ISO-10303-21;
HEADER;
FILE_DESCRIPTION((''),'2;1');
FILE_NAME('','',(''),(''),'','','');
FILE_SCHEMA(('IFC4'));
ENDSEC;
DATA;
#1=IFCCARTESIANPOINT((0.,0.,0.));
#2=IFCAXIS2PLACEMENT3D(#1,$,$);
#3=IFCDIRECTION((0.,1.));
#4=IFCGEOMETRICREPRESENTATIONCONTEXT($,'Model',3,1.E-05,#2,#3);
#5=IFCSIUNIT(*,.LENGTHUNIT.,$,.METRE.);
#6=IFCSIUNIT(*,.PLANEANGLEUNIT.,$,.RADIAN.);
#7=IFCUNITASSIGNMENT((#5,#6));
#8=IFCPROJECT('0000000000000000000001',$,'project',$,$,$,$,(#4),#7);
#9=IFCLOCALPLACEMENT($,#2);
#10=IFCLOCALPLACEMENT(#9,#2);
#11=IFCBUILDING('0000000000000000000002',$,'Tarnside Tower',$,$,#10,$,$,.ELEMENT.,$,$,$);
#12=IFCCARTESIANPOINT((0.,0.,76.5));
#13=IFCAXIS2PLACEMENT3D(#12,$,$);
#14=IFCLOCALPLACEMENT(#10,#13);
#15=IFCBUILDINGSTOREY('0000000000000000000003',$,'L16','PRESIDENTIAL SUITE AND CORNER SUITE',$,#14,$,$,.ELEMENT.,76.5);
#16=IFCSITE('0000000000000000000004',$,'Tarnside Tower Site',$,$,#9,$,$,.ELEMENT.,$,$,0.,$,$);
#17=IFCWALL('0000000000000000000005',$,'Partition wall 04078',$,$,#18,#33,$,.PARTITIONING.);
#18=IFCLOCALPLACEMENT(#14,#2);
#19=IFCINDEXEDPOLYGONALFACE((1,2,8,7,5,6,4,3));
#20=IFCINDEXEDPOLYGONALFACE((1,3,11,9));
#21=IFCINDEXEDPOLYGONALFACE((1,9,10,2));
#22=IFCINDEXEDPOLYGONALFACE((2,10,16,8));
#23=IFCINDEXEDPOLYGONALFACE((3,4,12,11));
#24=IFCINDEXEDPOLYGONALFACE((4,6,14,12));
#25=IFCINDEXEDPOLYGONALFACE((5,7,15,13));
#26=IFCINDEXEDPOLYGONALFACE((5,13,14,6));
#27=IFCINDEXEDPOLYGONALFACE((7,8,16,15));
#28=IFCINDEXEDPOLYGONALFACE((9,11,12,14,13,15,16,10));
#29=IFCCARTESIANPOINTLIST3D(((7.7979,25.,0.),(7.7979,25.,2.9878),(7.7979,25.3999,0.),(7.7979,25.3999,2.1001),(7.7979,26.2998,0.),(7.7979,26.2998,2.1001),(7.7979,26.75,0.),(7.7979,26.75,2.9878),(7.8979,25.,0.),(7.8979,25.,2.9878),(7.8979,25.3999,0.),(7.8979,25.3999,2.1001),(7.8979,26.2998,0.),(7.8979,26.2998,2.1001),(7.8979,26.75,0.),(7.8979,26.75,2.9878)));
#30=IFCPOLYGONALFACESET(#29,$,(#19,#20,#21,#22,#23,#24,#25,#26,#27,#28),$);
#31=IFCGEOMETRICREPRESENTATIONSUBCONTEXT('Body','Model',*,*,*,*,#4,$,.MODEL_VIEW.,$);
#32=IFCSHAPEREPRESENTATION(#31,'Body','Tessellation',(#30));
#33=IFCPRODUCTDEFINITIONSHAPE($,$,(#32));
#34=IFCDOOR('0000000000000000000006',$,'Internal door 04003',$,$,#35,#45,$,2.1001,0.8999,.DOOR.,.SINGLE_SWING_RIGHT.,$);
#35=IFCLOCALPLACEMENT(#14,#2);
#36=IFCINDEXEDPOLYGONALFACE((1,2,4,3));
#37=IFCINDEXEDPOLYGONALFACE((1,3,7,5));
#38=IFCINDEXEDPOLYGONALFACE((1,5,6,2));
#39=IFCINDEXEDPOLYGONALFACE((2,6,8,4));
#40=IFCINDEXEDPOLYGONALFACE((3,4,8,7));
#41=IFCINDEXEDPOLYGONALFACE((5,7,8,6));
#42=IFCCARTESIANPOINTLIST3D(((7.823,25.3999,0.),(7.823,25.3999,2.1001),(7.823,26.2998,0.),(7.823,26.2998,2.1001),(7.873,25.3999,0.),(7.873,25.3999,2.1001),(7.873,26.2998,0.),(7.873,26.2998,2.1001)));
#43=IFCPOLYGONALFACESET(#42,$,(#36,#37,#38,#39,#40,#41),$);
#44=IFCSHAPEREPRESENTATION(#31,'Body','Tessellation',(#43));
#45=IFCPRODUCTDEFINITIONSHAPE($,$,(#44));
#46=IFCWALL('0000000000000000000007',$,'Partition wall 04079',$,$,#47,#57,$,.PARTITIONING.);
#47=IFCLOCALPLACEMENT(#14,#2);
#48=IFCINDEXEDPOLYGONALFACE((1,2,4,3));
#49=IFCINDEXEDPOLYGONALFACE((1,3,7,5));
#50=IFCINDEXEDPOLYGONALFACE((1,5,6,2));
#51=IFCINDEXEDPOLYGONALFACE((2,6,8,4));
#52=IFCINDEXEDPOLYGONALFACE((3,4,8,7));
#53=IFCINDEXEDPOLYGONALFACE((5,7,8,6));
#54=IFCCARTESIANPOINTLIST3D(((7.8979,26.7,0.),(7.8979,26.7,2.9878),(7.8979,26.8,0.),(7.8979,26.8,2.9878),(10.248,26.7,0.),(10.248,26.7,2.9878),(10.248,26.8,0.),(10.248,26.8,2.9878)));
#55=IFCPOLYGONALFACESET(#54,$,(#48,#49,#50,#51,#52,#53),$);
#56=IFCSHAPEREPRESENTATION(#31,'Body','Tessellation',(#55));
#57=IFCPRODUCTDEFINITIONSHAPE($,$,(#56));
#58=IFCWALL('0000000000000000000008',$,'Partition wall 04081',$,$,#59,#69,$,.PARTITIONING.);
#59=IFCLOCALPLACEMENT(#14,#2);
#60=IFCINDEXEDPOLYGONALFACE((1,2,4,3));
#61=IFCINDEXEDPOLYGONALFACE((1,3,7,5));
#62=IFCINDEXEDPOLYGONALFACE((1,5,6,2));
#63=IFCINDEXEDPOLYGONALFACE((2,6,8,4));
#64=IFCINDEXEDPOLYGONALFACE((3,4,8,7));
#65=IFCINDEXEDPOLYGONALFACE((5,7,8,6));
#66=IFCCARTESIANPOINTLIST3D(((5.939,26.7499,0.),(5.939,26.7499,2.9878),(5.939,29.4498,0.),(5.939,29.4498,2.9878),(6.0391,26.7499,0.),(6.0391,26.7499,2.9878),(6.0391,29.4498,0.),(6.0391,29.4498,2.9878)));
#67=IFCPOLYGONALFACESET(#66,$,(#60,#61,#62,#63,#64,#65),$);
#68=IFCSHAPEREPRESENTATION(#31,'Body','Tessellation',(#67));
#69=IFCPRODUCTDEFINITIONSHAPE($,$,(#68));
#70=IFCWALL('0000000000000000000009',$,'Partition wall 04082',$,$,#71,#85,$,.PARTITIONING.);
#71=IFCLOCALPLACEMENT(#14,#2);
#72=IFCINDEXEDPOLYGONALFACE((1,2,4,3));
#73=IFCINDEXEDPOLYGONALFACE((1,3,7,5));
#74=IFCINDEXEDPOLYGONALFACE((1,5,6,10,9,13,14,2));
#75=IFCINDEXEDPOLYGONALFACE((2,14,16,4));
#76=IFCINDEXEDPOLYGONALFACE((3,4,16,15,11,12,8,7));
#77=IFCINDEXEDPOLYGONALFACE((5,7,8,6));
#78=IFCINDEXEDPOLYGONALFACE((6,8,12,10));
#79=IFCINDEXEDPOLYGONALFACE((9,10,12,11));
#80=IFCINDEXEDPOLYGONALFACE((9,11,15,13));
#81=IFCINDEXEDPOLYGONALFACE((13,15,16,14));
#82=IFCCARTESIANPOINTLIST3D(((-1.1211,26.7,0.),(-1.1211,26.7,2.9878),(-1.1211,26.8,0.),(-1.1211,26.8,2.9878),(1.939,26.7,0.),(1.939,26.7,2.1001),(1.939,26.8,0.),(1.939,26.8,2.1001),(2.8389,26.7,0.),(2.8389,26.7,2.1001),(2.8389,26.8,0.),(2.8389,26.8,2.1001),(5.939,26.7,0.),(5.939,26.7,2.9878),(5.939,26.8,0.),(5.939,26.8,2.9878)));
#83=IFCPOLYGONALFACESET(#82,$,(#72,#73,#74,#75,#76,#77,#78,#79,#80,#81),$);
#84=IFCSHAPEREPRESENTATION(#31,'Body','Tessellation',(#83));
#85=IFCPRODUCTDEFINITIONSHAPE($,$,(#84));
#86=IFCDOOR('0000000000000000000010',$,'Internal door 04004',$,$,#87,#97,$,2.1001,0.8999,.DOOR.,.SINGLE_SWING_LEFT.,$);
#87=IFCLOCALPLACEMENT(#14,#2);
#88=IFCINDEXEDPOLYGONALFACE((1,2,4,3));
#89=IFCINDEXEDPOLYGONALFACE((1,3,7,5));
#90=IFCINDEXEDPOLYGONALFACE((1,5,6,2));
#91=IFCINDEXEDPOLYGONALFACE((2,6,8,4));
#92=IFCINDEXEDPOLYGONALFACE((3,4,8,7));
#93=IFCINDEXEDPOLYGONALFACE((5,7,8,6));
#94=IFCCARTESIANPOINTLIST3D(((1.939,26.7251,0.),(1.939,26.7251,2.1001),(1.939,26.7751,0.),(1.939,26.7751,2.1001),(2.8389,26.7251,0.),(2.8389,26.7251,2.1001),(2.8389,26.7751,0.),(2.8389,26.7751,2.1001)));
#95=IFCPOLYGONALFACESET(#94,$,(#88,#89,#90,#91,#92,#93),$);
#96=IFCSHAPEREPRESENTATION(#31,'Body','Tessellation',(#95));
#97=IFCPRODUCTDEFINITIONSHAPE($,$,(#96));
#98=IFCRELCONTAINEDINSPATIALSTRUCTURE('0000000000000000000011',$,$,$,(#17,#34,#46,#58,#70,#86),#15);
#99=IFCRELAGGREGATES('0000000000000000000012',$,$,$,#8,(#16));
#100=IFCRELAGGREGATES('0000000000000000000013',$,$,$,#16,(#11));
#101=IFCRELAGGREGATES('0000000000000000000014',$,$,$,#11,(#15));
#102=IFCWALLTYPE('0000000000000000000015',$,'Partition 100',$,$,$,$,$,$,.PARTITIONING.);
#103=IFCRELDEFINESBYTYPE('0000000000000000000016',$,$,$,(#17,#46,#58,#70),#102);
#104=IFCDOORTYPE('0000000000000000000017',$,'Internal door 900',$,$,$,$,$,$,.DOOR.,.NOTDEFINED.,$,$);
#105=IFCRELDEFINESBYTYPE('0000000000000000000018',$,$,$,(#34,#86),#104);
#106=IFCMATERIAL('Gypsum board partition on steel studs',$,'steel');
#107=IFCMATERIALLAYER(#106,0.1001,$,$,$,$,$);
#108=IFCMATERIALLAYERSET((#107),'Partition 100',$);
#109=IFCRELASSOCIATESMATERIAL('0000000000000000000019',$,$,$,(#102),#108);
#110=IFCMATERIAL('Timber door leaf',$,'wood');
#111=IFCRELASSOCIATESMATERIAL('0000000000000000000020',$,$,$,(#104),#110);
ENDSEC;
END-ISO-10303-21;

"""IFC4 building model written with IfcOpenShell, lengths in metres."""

from ifc_helpers import new_model, si_unit, direction, frame, frame_2d, origin, place, context, subcontext, project, spatial, rectangle, extrude, material, layer, layer_set, type_object, element, fill, save


model = new_model("IFC4")

# Units and contexts
model_context = context("Model", 3, precision=1e-05, world=origin(), true_north=direction((0.0, 1.0)))
body_context = subcontext(model_context, "Body", "Model", "MODEL_VIEW")
ifc_project = project(units=[si_unit("LENGTHUNIT", "METRE"), si_unit("PLANEANGLEUNIT", "RADIAN")], contexts=[model_context])

# Site, building, storey
site_placement = place(None, origin())
site = spatial("IfcSite", under=ifc_project, at=site_placement, Name="Tarnside Tower Site", CompositionType="ELEMENT", RefElevation=0.0)
building_placement = place(site_placement, origin())
building = spatial("IfcBuilding", under=site, at=building_placement, Name="Tarnside Tower", CompositionType="ELEMENT")
storey_placement = place(building_placement, frame((0.0, 0.0, 76.5)))
storey = spatial("IfcBuildingStorey", under=building, at=storey_placement, Name="L16", Description="PRESIDENTIAL SUITE AND CORNER SUITE", CompositionType="ELEMENT", Elevation=76.5)

# Wall, opening, door
ifc_material_1 = material(Name="Gypsum board partition on steel studs", Category="steel")
ifc_material_2 = material(Name="Timber door leaf", Category="wood")
ifc_layer_1 = layer(ifc_material_1, 0.1001)
ifc_layer_set_1 = layer_set([ifc_layer_1], Name="Partition 100")
wall_type_1 = type_object("IfcWallType", Name="Partition 100", PredefinedType="PARTITIONING", material=ifc_layer_set_1)
wall_1_placement = place(storey_placement, frame((7.8479, 25.0, 0.0), z_axis=(0.0, 0.0, 1.0), x_axis=(0.0, 1.0, 0.0)))
wall_1 = element("IfcWall", 1, at=wall_1_placement, inside=storey, type_object=wall_type_1, Name="Partition wall 04078", PredefinedType="PARTITIONING", context=body_context, shape_type="SweptSolid", body=[
    extrude(rectangle(XDim=1.75, YDim=0.1001, at=frame_2d((0.875, 0.0))), origin(), (0.0, 0.0, 1.0), 2.9878),
])
opening_1_placement = place(wall_1_placement, frame((0.3999, 0.0, 0.0)))
opening_1 = element("IfcOpeningElement", 2, at=opening_1_placement, cuts=wall_1, PredefinedType="OPENING", context=body_context, shape_type="SweptSolid", body=[
    extrude(rectangle(XDim=0.8999, YDim=2.1001, at=frame_2d((0.45, 1.05))), frame((0.0, 0.0601, 0.0), z_axis=(0.0, -1.0, 0.0), x_axis=(1.0, 0.0, 0.0)), (0.0, 0.0, 1.0), 0.1201),
])
door_type_1 = type_object("IfcDoorType", Name="Internal door 900", OperationType="NOTDEFINED", PredefinedType="DOOR", material=ifc_material_2)
door_1_placement = place(opening_1_placement, origin())
door_1 = element("IfcDoor", 3, at=door_1_placement, inside=storey, type_object=door_type_1, Name="Internal door 04003", OperationType="SINGLE_SWING_RIGHT", OverallHeight=2.1001, OverallWidth=0.8999, PredefinedType="DOOR", context=body_context, shape_type="SweptSolid", body=[
    extrude(rectangle(XDim=0.8999, YDim=2.1001, at=frame_2d((0.45, 1.05))), frame((0.0, 0.0249, 0.0), z_axis=(0.0, -1.0, 0.0), x_axis=(1.0, 0.0, 0.0)), (0.0, 0.0, 1.0), 0.05),
])
fill(opening_1, door_1)

# Walls
wall_2_placement = place(storey_placement, frame((7.8979, 26.75, 0.0), z_axis=(0.0, 0.0, 1.0), x_axis=(1.0, 0.0, 0.0)))
element("IfcWall", 4, at=wall_2_placement, inside=storey, type_object=wall_type_1, Name="Partition wall 04079", PredefinedType="PARTITIONING", context=body_context, shape_type="SweptSolid", body=[
    extrude(rectangle(XDim=2.3501, YDim=0.1001, at=frame_2d((1.175, 0.0))), origin(), (0.0, 0.0, 1.0), 2.9878),
])
wall_3_placement = place(storey_placement, frame((5.989, 29.45, 0.0), z_axis=(0.0, 0.0, 1.0), x_axis=(0.0, -1.0, 0.0)))
element("IfcWall", 5, at=wall_3_placement, inside=storey, type_object=wall_type_1, Name="Partition wall 04081", PredefinedType="PARTITIONING", context=body_context, shape_type="SweptSolid", body=[
    extrude(rectangle(XDim=2.7, YDim=0.1001, at=frame_2d((1.3501, 0.0))), origin(), (0.0, 0.0, 1.0), 2.9878),
])

# Wall, opening, door
wall_4_placement = place(storey_placement, frame((5.939, 26.75, 0.0), z_axis=(0.0, 0.0, 1.0), x_axis=(-1.0, 0.0, 0.0)))
wall_4 = element("IfcWall", 6, at=wall_4_placement, inside=storey, type_object=wall_type_1, Name="Partition wall 04082", PredefinedType="PARTITIONING", context=body_context, shape_type="SweptSolid", body=[
    extrude(rectangle(XDim=7.0601, YDim=0.1001, at=frame_2d((3.53, 0.0))), origin(), (0.0, 0.0, 1.0), 2.9878),
])
opening_2_placement = place(wall_4_placement, frame((3.1001, 0.0, 0.0)))
opening_2 = element("IfcOpeningElement", 7, at=opening_2_placement, cuts=wall_4, PredefinedType="OPENING", context=body_context, shape_type="SweptSolid", body=[
    extrude(rectangle(XDim=0.8999, YDim=2.1001, at=frame_2d((0.45, 1.05))), frame((0.0, 0.0601, 0.0), z_axis=(0.0, -1.0, 0.0), x_axis=(1.0, 0.0, 0.0)), (0.0, 0.0, 1.0), 0.1201),
])
door_2_placement = place(opening_2_placement, origin())
door_2 = element("IfcDoor", 8, at=door_2_placement, inside=storey, type_object=door_type_1, Name="Internal door 04004", OperationType="SINGLE_SWING_LEFT", OverallHeight=2.1001, OverallWidth=0.8999, PredefinedType="DOOR", context=body_context, shape_type="SweptSolid", body=[
    extrude(rectangle(XDim=0.8999, YDim=2.1001, at=frame_2d((0.45, 1.05))), frame((0.0, 0.0249, 0.0), z_axis=(0.0, -1.0, 0.0), x_axis=(1.0, 0.0, 0.0)), (0.0, 0.0, 1.0), 0.05),
])
fill(opening_2, door_2)

save(model, "model.ifc")
